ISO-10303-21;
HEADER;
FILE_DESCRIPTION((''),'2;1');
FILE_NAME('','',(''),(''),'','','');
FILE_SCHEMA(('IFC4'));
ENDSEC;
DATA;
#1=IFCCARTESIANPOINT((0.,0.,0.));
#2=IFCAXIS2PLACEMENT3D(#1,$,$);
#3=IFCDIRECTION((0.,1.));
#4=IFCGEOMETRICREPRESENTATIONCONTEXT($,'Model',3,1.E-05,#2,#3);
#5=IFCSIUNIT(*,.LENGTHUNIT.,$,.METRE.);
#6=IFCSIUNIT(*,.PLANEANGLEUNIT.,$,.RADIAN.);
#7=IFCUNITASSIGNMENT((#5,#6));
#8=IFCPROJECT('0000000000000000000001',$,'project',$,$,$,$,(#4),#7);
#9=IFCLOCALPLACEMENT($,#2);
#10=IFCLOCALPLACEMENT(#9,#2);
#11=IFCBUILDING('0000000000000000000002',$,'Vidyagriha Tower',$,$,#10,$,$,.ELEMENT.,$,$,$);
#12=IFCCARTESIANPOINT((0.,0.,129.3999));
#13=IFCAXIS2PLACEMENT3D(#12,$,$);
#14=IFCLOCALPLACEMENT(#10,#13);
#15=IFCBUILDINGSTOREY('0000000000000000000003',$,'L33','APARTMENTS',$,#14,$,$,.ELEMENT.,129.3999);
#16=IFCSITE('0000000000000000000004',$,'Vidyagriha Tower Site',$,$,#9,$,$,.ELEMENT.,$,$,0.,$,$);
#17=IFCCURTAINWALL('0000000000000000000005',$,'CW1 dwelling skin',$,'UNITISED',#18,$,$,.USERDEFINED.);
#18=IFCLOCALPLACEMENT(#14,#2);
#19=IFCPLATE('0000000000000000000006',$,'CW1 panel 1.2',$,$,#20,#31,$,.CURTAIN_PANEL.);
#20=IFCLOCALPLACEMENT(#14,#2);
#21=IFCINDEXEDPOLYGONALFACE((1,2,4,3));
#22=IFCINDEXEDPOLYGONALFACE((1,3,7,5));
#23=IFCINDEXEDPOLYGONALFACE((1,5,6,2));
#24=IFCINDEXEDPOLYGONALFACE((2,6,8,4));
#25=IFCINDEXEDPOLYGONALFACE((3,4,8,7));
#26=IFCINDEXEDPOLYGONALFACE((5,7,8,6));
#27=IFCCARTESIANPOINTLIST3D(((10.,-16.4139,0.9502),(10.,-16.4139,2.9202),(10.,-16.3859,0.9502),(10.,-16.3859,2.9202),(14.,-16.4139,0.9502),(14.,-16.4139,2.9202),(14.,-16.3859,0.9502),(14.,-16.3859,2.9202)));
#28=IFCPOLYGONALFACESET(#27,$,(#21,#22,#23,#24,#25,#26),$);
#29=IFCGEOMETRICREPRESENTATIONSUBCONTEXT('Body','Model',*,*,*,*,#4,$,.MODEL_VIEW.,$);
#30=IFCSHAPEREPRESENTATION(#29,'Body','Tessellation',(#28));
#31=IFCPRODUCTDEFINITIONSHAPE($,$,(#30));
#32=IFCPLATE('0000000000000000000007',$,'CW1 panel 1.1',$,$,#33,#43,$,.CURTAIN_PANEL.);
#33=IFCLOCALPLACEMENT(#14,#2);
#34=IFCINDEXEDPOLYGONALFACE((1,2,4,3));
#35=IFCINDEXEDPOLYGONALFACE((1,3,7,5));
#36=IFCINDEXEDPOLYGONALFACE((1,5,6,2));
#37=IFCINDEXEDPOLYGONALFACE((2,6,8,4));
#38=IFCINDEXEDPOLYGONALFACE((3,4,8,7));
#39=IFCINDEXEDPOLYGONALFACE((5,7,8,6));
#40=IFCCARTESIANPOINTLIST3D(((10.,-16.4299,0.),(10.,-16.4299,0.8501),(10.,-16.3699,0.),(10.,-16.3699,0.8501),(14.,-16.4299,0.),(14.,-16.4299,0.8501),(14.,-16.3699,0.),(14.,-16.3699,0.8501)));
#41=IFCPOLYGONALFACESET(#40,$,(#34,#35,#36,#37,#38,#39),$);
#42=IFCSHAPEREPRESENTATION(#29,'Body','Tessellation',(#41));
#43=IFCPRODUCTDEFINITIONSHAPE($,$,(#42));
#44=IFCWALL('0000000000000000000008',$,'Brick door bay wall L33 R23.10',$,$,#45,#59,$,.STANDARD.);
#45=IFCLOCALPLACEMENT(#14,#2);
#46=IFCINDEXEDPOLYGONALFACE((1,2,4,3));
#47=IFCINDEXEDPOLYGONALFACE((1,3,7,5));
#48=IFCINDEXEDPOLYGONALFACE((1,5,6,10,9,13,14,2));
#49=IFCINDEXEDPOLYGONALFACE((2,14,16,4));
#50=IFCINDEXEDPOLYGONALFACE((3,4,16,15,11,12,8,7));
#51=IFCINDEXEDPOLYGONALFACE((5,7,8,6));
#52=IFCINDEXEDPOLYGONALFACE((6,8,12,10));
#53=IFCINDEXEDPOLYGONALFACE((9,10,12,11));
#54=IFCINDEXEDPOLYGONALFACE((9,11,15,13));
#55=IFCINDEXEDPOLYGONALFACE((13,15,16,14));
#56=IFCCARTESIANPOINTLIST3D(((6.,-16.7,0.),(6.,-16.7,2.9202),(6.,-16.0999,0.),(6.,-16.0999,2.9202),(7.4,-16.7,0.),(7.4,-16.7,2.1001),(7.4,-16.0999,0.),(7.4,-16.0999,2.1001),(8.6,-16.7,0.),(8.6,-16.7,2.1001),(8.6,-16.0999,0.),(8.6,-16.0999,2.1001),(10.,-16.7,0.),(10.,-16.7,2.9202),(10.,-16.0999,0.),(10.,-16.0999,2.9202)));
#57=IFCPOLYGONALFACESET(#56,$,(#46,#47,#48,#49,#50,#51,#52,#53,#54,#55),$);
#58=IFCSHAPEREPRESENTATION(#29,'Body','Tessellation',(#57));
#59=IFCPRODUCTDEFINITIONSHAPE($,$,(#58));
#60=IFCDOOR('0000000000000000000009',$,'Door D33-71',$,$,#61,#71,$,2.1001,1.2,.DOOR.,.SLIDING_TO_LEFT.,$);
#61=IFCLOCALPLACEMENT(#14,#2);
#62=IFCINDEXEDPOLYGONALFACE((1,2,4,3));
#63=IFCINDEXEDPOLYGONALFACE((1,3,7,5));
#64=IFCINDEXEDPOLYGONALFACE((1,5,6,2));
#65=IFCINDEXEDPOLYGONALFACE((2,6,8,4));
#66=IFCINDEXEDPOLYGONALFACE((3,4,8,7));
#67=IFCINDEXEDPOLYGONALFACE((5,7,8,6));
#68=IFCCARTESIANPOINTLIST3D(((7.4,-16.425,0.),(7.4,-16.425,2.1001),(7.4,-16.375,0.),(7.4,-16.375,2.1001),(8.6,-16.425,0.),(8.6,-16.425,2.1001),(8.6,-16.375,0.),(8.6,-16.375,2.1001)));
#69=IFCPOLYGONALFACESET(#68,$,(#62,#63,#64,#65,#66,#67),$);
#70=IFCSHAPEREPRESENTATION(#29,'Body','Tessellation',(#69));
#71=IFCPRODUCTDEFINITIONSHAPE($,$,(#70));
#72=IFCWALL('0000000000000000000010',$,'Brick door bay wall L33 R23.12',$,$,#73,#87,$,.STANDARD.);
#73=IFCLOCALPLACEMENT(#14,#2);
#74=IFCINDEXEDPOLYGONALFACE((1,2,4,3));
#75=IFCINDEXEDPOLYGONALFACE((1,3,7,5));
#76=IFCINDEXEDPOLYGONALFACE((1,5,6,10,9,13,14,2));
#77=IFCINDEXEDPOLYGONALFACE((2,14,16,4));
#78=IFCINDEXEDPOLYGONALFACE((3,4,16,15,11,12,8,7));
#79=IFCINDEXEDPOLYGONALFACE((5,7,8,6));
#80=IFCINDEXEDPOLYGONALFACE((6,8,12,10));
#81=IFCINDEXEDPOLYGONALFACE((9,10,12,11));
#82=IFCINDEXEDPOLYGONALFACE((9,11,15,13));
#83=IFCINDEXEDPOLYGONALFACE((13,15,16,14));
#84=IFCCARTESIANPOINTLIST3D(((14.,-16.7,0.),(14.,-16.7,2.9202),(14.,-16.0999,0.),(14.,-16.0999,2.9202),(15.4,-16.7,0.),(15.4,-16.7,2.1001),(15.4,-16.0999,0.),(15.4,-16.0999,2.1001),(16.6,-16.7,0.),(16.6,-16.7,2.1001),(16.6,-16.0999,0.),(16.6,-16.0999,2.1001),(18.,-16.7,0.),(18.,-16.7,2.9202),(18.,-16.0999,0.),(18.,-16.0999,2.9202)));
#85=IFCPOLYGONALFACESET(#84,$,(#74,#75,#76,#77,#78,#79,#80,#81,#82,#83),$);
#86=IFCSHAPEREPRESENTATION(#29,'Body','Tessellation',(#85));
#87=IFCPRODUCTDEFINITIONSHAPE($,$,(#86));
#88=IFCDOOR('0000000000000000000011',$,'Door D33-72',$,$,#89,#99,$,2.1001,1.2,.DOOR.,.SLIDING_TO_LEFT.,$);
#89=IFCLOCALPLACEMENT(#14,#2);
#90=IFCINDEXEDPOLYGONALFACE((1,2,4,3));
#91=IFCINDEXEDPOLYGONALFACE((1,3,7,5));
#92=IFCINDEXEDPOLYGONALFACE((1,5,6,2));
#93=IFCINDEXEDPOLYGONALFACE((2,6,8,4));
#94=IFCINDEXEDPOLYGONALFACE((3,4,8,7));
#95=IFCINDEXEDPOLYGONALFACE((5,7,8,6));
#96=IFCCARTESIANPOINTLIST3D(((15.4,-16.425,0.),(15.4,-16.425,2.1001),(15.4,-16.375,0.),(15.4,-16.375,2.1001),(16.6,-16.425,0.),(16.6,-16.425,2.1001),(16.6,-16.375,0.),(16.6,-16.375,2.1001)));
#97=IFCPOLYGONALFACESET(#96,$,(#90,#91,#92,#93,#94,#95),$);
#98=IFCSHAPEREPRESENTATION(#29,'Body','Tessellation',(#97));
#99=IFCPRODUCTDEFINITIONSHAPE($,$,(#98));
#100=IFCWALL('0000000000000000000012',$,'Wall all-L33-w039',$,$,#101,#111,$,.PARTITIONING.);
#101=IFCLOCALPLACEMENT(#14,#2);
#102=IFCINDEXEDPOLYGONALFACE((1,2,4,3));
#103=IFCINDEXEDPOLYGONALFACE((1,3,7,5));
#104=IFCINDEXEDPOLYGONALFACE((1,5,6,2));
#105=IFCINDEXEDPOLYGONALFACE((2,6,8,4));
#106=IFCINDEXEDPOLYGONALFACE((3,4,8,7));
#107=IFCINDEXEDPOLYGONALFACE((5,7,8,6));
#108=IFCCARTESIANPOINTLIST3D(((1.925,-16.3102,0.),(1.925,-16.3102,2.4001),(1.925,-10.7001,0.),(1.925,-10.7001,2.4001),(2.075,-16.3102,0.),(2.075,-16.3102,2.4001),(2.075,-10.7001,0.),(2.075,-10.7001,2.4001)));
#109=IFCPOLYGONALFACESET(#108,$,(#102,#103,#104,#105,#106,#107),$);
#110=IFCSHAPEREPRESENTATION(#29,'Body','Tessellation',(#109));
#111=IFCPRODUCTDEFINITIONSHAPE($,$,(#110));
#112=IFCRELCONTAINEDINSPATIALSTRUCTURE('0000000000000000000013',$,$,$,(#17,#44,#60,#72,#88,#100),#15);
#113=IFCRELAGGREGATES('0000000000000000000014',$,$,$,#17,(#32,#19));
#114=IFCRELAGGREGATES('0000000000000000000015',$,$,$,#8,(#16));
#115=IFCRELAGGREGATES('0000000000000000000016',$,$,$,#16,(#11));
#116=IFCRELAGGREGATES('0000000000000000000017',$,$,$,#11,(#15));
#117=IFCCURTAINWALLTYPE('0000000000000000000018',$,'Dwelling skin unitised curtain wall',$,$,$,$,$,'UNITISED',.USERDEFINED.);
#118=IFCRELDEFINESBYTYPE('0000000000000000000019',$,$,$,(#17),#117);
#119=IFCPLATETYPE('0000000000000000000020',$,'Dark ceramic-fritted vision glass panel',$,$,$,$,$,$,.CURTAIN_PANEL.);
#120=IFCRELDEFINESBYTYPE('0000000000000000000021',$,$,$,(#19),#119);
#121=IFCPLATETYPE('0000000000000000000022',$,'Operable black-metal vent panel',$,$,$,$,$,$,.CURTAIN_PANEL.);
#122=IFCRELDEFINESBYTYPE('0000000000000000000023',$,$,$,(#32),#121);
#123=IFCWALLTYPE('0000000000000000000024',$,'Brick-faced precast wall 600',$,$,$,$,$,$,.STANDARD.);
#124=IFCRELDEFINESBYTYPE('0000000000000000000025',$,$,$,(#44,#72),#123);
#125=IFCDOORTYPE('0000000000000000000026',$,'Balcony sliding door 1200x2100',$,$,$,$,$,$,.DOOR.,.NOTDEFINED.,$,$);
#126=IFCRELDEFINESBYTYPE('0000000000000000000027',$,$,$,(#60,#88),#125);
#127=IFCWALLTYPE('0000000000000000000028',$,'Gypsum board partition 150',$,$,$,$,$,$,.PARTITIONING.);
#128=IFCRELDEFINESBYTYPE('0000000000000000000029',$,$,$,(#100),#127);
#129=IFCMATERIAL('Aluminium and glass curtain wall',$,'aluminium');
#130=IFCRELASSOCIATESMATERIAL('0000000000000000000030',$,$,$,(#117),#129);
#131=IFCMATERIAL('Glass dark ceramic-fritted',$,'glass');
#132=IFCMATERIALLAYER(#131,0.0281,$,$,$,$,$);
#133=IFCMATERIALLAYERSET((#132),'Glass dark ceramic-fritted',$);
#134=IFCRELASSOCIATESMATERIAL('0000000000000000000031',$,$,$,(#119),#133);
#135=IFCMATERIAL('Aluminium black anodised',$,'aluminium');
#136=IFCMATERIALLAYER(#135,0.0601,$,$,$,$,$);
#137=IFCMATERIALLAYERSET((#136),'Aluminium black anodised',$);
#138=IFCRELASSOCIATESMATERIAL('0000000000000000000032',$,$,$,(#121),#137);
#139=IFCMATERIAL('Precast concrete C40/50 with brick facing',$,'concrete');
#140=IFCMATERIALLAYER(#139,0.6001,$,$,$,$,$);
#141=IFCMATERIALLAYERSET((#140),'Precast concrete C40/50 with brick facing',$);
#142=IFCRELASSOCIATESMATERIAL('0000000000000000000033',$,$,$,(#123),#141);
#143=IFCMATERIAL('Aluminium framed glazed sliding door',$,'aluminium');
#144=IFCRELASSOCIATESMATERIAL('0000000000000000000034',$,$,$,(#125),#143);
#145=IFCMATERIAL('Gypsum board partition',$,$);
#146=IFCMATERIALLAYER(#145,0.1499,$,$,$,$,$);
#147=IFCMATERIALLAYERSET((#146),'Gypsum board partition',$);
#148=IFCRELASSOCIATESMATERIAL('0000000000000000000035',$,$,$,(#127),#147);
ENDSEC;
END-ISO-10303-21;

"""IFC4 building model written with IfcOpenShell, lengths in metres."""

from ifc_helpers import new_model, si_unit, direction, frame, frame_2d, origin, origin_2d, place, context, subcontext, project, spatial, rectangle, extrude, material, layer, layer_set, type_object, element, fill, aggregate, save


model = new_model("IFC4")

# Units and contexts
model_context = context("Model", 3, precision=1e-05, world=origin(), true_north=direction((0.0, 1.0)))
body_context = subcontext(model_context, "Body", "Model", "MODEL_VIEW")
ifc_project = project(units=[si_unit("LENGTHUNIT", "METRE"), si_unit("PLANEANGLEUNIT", "RADIAN")], contexts=[model_context])

# Site, building, storey
site_placement = place(None, origin())
site = spatial("IfcSite", under=ifc_project, at=site_placement, Name="Vidyagriha Tower Site", CompositionType="ELEMENT", RefElevation=0.0)
building_placement = place(site_placement, origin())
building = spatial("IfcBuilding", under=site, at=building_placement, Name="Vidyagriha Tower", CompositionType="ELEMENT")
storey_placement = place(building_placement, frame((0.0, 0.0, 129.3999)))
storey = spatial("IfcBuildingStorey", under=building, at=storey_placement, Name="L33", Description="APARTMENTS", CompositionType="ELEMENT", Elevation=129.3999)

# Curtain wall
ifc_material_1 = material(Name="Aluminium and glass curtain wall", Category="aluminium")
curtain_wall_type = type_object("IfcCurtainWallType", Name="Dwelling skin unitised curtain wall", ElementType="UNITISED", PredefinedType="USERDEFINED", material=ifc_material_1)
curtain_wall_1_placement = place(storey_placement, origin())
curtain_wall_1 = element("IfcCurtainWall", 1, at=curtain_wall_1_placement, inside=storey, type_object=curtain_wall_type, Name="CW1 dwelling skin", ObjectType="UNITISED", PredefinedType="USERDEFINED")

# Plates
ifc_material_2 = material(Name="Glass dark ceramic-fritted", Category="glass")
ifc_layer_1 = layer(ifc_material_2, 0.0281)
ifc_layer_set_1 = layer_set([ifc_layer_1], Name="Glass dark ceramic-fritted")
plate_type_1 = type_object("IfcPlateType", Name="Dark ceramic-fritted vision glass panel", PredefinedType="CURTAIN_PANEL", material=ifc_layer_set_1)
plate_1_placement = place(storey_placement, frame((12.0, -16.3999, 0.9502)))
plate_1 = element("IfcPlate", 2, at=plate_1_placement, type_object=plate_type_1, Name="CW1 panel 1.2", PredefinedType="CURTAIN_PANEL", context=body_context, shape_type="SweptSolid", body=[
    extrude(rectangle(XDim=4.0, YDim=0.0281, at=origin_2d()), origin(), (0.0, 0.0, 1.0), 1.97),
])
ifc_material_3 = material(Name="Aluminium black anodised", Category="aluminium")
ifc_layer_2 = layer(ifc_material_3, 0.0601)
ifc_layer_set_2 = layer_set([ifc_layer_2], Name="Aluminium black anodised")
plate_type_2 = type_object("IfcPlateType", Name="Operable black-metal vent panel", PredefinedType="CURTAIN_PANEL", material=ifc_layer_set_2)
plate_2_placement = place(storey_placement, frame((12.0, -16.3999, 0.0)))
plate_2 = element("IfcPlate", 3, at=plate_2_placement, type_object=plate_type_2, Name="CW1 panel 1.1", PredefinedType="CURTAIN_PANEL", context=body_context, shape_type="SweptSolid", body=[
    extrude(rectangle(XDim=4.0, YDim=0.0601, at=origin_2d()), origin(), (0.0, 0.0, 1.0), 0.8501),
])
aggregate(curtain_wall_1, [plate_2, plate_1])

# Walls, openings, doors
ifc_material_4 = material(Name="Precast concrete C40/50 with brick facing", Category="concrete")
ifc_layer_3 = layer(ifc_material_4, 0.6001)
ifc_layer_set_3 = layer_set([ifc_layer_3], Name="Precast concrete C40/50 with brick facing")
wall_type_1 = type_object("IfcWallType", Name="Brick-faced precast wall 600", PredefinedType="STANDARD", material=ifc_layer_set_3)
wall_1_placement = place(storey_placement, frame((6.0, -16.3999, 0.0)))
wall_1 = element("IfcWall", 4, at=wall_1_placement, inside=storey, type_object=wall_type_1, Name="Brick door bay wall L33 R23.10", PredefinedType="STANDARD", context=body_context, shape_type="SweptSolid", body=[
    extrude(rectangle(XDim=4.0, YDim=0.6001, at=frame_2d((2.0, 0.0))), origin(), (0.0, 0.0, 1.0), 2.9202),
])
opening_1_placement = place(wall_1_placement, frame((1.3999, 0.0, 0.0)))
opening_1 = element("IfcOpeningElement", 5, at=opening_1_placement, cuts=wall_1, PredefinedType="OPENING", context=body_context, shape_type="SweptSolid", body=[
    extrude(rectangle(XDim=1.2, YDim=2.1001, at=frame_2d((0.6001, 1.05))), frame((0.0, 0.3101, 0.0), z_axis=(0.0, -1.0, 0.0), x_axis=(1.0, 0.0, 0.0)), (0.0, 0.0, 1.0), 0.6201),
])
ifc_material_5 = material(Name="Aluminium framed glazed sliding door", Category="aluminium")
door_type = type_object("IfcDoorType", Name="Balcony sliding door 1200x2100", OperationType="NOTDEFINED", PredefinedType="DOOR", material=ifc_material_5)
door_1_placement = place(opening_1_placement, origin())
door_1 = element("IfcDoor", 6, at=door_1_placement, inside=storey, type_object=door_type, Name="Door D33-71", OperationType="SLIDING_TO_LEFT", OverallHeight=2.1001, OverallWidth=1.2, PredefinedType="DOOR", context=body_context, shape_type="SweptSolid", body=[
    extrude(rectangle(XDim=1.2, YDim=2.1001, at=frame_2d((0.6001, 1.05))), frame((0.0, 0.0249, 0.0), z_axis=(0.0, -1.0, 0.0), x_axis=(1.0, 0.0, 0.0)), (0.0, 0.0, 1.0), 0.05),
])
fill(opening_1, door_1)
wall_2_placement = place(storey_placement, frame((14.0, -16.3999, 0.0)))
wall_2 = element("IfcWall", 7, at=wall_2_placement, inside=storey, type_object=wall_type_1, Name="Brick door bay wall L33 R23.12", PredefinedType="STANDARD", context=body_context, shape_type="SweptSolid", body=[
    extrude(rectangle(XDim=4.0, YDim=0.6001, at=frame_2d((2.0, 0.0))), origin(), (0.0, 0.0, 1.0), 2.9202),
])
opening_2_placement = place(wall_2_placement, frame((1.3999, 0.0, 0.0)))
opening_2 = element("IfcOpeningElement", 8, at=opening_2_placement, cuts=wall_2, PredefinedType="OPENING", context=body_context, shape_type="SweptSolid", body=[
    extrude(rectangle(XDim=1.2, YDim=2.1001, at=frame_2d((0.6001, 1.05))), frame((0.0, 0.3101, 0.0), z_axis=(0.0, -1.0, 0.0), x_axis=(1.0, 0.0, 0.0)), (0.0, 0.0, 1.0), 0.6201),
])
door_2_placement = place(opening_2_placement, origin())
door_2 = element("IfcDoor", 9, at=door_2_placement, inside=storey, type_object=door_type, Name="Door D33-72", OperationType="SLIDING_TO_LEFT", OverallHeight=2.1001, OverallWidth=1.2, PredefinedType="DOOR", context=body_context, shape_type="SweptSolid", body=[
    extrude(rectangle(XDim=1.2, YDim=2.1001, at=frame_2d((0.6001, 1.05))), frame((0.0, 0.0249, 0.0), z_axis=(0.0, -1.0, 0.0), x_axis=(1.0, 0.0, 0.0)), (0.0, 0.0, 1.0), 0.05),
])
fill(opening_2, door_2)

# Wall
ifc_material_6 = material(Name="Gypsum board partition")
ifc_layer_4 = layer(ifc_material_6, 0.1499)
ifc_layer_set_4 = layer_set([ifc_layer_4], Name="Gypsum board partition")
wall_type_2 = type_object("IfcWallType", Name="Gypsum board partition 150", PredefinedType="PARTITIONING", material=ifc_layer_set_4)
wall_3_placement = place(storey_placement, frame((2.0, -10.7, 0.0), z_axis=(0.0, 0.0, 1.0), x_axis=(0.0, -1.0, 0.0)))
element("IfcWall", 10, at=wall_3_placement, inside=storey, type_object=wall_type_2, Name="Wall all-L33-w039", PredefinedType="PARTITIONING", context=body_context, shape_type="SweptSolid", body=[
    extrude(rectangle(XDim=5.6101, YDim=0.1499, at=frame_2d((2.8052, 0.0))), origin(), (0.0, 0.0, 1.0), 2.4001),
])

save(model, "model.ifc")
